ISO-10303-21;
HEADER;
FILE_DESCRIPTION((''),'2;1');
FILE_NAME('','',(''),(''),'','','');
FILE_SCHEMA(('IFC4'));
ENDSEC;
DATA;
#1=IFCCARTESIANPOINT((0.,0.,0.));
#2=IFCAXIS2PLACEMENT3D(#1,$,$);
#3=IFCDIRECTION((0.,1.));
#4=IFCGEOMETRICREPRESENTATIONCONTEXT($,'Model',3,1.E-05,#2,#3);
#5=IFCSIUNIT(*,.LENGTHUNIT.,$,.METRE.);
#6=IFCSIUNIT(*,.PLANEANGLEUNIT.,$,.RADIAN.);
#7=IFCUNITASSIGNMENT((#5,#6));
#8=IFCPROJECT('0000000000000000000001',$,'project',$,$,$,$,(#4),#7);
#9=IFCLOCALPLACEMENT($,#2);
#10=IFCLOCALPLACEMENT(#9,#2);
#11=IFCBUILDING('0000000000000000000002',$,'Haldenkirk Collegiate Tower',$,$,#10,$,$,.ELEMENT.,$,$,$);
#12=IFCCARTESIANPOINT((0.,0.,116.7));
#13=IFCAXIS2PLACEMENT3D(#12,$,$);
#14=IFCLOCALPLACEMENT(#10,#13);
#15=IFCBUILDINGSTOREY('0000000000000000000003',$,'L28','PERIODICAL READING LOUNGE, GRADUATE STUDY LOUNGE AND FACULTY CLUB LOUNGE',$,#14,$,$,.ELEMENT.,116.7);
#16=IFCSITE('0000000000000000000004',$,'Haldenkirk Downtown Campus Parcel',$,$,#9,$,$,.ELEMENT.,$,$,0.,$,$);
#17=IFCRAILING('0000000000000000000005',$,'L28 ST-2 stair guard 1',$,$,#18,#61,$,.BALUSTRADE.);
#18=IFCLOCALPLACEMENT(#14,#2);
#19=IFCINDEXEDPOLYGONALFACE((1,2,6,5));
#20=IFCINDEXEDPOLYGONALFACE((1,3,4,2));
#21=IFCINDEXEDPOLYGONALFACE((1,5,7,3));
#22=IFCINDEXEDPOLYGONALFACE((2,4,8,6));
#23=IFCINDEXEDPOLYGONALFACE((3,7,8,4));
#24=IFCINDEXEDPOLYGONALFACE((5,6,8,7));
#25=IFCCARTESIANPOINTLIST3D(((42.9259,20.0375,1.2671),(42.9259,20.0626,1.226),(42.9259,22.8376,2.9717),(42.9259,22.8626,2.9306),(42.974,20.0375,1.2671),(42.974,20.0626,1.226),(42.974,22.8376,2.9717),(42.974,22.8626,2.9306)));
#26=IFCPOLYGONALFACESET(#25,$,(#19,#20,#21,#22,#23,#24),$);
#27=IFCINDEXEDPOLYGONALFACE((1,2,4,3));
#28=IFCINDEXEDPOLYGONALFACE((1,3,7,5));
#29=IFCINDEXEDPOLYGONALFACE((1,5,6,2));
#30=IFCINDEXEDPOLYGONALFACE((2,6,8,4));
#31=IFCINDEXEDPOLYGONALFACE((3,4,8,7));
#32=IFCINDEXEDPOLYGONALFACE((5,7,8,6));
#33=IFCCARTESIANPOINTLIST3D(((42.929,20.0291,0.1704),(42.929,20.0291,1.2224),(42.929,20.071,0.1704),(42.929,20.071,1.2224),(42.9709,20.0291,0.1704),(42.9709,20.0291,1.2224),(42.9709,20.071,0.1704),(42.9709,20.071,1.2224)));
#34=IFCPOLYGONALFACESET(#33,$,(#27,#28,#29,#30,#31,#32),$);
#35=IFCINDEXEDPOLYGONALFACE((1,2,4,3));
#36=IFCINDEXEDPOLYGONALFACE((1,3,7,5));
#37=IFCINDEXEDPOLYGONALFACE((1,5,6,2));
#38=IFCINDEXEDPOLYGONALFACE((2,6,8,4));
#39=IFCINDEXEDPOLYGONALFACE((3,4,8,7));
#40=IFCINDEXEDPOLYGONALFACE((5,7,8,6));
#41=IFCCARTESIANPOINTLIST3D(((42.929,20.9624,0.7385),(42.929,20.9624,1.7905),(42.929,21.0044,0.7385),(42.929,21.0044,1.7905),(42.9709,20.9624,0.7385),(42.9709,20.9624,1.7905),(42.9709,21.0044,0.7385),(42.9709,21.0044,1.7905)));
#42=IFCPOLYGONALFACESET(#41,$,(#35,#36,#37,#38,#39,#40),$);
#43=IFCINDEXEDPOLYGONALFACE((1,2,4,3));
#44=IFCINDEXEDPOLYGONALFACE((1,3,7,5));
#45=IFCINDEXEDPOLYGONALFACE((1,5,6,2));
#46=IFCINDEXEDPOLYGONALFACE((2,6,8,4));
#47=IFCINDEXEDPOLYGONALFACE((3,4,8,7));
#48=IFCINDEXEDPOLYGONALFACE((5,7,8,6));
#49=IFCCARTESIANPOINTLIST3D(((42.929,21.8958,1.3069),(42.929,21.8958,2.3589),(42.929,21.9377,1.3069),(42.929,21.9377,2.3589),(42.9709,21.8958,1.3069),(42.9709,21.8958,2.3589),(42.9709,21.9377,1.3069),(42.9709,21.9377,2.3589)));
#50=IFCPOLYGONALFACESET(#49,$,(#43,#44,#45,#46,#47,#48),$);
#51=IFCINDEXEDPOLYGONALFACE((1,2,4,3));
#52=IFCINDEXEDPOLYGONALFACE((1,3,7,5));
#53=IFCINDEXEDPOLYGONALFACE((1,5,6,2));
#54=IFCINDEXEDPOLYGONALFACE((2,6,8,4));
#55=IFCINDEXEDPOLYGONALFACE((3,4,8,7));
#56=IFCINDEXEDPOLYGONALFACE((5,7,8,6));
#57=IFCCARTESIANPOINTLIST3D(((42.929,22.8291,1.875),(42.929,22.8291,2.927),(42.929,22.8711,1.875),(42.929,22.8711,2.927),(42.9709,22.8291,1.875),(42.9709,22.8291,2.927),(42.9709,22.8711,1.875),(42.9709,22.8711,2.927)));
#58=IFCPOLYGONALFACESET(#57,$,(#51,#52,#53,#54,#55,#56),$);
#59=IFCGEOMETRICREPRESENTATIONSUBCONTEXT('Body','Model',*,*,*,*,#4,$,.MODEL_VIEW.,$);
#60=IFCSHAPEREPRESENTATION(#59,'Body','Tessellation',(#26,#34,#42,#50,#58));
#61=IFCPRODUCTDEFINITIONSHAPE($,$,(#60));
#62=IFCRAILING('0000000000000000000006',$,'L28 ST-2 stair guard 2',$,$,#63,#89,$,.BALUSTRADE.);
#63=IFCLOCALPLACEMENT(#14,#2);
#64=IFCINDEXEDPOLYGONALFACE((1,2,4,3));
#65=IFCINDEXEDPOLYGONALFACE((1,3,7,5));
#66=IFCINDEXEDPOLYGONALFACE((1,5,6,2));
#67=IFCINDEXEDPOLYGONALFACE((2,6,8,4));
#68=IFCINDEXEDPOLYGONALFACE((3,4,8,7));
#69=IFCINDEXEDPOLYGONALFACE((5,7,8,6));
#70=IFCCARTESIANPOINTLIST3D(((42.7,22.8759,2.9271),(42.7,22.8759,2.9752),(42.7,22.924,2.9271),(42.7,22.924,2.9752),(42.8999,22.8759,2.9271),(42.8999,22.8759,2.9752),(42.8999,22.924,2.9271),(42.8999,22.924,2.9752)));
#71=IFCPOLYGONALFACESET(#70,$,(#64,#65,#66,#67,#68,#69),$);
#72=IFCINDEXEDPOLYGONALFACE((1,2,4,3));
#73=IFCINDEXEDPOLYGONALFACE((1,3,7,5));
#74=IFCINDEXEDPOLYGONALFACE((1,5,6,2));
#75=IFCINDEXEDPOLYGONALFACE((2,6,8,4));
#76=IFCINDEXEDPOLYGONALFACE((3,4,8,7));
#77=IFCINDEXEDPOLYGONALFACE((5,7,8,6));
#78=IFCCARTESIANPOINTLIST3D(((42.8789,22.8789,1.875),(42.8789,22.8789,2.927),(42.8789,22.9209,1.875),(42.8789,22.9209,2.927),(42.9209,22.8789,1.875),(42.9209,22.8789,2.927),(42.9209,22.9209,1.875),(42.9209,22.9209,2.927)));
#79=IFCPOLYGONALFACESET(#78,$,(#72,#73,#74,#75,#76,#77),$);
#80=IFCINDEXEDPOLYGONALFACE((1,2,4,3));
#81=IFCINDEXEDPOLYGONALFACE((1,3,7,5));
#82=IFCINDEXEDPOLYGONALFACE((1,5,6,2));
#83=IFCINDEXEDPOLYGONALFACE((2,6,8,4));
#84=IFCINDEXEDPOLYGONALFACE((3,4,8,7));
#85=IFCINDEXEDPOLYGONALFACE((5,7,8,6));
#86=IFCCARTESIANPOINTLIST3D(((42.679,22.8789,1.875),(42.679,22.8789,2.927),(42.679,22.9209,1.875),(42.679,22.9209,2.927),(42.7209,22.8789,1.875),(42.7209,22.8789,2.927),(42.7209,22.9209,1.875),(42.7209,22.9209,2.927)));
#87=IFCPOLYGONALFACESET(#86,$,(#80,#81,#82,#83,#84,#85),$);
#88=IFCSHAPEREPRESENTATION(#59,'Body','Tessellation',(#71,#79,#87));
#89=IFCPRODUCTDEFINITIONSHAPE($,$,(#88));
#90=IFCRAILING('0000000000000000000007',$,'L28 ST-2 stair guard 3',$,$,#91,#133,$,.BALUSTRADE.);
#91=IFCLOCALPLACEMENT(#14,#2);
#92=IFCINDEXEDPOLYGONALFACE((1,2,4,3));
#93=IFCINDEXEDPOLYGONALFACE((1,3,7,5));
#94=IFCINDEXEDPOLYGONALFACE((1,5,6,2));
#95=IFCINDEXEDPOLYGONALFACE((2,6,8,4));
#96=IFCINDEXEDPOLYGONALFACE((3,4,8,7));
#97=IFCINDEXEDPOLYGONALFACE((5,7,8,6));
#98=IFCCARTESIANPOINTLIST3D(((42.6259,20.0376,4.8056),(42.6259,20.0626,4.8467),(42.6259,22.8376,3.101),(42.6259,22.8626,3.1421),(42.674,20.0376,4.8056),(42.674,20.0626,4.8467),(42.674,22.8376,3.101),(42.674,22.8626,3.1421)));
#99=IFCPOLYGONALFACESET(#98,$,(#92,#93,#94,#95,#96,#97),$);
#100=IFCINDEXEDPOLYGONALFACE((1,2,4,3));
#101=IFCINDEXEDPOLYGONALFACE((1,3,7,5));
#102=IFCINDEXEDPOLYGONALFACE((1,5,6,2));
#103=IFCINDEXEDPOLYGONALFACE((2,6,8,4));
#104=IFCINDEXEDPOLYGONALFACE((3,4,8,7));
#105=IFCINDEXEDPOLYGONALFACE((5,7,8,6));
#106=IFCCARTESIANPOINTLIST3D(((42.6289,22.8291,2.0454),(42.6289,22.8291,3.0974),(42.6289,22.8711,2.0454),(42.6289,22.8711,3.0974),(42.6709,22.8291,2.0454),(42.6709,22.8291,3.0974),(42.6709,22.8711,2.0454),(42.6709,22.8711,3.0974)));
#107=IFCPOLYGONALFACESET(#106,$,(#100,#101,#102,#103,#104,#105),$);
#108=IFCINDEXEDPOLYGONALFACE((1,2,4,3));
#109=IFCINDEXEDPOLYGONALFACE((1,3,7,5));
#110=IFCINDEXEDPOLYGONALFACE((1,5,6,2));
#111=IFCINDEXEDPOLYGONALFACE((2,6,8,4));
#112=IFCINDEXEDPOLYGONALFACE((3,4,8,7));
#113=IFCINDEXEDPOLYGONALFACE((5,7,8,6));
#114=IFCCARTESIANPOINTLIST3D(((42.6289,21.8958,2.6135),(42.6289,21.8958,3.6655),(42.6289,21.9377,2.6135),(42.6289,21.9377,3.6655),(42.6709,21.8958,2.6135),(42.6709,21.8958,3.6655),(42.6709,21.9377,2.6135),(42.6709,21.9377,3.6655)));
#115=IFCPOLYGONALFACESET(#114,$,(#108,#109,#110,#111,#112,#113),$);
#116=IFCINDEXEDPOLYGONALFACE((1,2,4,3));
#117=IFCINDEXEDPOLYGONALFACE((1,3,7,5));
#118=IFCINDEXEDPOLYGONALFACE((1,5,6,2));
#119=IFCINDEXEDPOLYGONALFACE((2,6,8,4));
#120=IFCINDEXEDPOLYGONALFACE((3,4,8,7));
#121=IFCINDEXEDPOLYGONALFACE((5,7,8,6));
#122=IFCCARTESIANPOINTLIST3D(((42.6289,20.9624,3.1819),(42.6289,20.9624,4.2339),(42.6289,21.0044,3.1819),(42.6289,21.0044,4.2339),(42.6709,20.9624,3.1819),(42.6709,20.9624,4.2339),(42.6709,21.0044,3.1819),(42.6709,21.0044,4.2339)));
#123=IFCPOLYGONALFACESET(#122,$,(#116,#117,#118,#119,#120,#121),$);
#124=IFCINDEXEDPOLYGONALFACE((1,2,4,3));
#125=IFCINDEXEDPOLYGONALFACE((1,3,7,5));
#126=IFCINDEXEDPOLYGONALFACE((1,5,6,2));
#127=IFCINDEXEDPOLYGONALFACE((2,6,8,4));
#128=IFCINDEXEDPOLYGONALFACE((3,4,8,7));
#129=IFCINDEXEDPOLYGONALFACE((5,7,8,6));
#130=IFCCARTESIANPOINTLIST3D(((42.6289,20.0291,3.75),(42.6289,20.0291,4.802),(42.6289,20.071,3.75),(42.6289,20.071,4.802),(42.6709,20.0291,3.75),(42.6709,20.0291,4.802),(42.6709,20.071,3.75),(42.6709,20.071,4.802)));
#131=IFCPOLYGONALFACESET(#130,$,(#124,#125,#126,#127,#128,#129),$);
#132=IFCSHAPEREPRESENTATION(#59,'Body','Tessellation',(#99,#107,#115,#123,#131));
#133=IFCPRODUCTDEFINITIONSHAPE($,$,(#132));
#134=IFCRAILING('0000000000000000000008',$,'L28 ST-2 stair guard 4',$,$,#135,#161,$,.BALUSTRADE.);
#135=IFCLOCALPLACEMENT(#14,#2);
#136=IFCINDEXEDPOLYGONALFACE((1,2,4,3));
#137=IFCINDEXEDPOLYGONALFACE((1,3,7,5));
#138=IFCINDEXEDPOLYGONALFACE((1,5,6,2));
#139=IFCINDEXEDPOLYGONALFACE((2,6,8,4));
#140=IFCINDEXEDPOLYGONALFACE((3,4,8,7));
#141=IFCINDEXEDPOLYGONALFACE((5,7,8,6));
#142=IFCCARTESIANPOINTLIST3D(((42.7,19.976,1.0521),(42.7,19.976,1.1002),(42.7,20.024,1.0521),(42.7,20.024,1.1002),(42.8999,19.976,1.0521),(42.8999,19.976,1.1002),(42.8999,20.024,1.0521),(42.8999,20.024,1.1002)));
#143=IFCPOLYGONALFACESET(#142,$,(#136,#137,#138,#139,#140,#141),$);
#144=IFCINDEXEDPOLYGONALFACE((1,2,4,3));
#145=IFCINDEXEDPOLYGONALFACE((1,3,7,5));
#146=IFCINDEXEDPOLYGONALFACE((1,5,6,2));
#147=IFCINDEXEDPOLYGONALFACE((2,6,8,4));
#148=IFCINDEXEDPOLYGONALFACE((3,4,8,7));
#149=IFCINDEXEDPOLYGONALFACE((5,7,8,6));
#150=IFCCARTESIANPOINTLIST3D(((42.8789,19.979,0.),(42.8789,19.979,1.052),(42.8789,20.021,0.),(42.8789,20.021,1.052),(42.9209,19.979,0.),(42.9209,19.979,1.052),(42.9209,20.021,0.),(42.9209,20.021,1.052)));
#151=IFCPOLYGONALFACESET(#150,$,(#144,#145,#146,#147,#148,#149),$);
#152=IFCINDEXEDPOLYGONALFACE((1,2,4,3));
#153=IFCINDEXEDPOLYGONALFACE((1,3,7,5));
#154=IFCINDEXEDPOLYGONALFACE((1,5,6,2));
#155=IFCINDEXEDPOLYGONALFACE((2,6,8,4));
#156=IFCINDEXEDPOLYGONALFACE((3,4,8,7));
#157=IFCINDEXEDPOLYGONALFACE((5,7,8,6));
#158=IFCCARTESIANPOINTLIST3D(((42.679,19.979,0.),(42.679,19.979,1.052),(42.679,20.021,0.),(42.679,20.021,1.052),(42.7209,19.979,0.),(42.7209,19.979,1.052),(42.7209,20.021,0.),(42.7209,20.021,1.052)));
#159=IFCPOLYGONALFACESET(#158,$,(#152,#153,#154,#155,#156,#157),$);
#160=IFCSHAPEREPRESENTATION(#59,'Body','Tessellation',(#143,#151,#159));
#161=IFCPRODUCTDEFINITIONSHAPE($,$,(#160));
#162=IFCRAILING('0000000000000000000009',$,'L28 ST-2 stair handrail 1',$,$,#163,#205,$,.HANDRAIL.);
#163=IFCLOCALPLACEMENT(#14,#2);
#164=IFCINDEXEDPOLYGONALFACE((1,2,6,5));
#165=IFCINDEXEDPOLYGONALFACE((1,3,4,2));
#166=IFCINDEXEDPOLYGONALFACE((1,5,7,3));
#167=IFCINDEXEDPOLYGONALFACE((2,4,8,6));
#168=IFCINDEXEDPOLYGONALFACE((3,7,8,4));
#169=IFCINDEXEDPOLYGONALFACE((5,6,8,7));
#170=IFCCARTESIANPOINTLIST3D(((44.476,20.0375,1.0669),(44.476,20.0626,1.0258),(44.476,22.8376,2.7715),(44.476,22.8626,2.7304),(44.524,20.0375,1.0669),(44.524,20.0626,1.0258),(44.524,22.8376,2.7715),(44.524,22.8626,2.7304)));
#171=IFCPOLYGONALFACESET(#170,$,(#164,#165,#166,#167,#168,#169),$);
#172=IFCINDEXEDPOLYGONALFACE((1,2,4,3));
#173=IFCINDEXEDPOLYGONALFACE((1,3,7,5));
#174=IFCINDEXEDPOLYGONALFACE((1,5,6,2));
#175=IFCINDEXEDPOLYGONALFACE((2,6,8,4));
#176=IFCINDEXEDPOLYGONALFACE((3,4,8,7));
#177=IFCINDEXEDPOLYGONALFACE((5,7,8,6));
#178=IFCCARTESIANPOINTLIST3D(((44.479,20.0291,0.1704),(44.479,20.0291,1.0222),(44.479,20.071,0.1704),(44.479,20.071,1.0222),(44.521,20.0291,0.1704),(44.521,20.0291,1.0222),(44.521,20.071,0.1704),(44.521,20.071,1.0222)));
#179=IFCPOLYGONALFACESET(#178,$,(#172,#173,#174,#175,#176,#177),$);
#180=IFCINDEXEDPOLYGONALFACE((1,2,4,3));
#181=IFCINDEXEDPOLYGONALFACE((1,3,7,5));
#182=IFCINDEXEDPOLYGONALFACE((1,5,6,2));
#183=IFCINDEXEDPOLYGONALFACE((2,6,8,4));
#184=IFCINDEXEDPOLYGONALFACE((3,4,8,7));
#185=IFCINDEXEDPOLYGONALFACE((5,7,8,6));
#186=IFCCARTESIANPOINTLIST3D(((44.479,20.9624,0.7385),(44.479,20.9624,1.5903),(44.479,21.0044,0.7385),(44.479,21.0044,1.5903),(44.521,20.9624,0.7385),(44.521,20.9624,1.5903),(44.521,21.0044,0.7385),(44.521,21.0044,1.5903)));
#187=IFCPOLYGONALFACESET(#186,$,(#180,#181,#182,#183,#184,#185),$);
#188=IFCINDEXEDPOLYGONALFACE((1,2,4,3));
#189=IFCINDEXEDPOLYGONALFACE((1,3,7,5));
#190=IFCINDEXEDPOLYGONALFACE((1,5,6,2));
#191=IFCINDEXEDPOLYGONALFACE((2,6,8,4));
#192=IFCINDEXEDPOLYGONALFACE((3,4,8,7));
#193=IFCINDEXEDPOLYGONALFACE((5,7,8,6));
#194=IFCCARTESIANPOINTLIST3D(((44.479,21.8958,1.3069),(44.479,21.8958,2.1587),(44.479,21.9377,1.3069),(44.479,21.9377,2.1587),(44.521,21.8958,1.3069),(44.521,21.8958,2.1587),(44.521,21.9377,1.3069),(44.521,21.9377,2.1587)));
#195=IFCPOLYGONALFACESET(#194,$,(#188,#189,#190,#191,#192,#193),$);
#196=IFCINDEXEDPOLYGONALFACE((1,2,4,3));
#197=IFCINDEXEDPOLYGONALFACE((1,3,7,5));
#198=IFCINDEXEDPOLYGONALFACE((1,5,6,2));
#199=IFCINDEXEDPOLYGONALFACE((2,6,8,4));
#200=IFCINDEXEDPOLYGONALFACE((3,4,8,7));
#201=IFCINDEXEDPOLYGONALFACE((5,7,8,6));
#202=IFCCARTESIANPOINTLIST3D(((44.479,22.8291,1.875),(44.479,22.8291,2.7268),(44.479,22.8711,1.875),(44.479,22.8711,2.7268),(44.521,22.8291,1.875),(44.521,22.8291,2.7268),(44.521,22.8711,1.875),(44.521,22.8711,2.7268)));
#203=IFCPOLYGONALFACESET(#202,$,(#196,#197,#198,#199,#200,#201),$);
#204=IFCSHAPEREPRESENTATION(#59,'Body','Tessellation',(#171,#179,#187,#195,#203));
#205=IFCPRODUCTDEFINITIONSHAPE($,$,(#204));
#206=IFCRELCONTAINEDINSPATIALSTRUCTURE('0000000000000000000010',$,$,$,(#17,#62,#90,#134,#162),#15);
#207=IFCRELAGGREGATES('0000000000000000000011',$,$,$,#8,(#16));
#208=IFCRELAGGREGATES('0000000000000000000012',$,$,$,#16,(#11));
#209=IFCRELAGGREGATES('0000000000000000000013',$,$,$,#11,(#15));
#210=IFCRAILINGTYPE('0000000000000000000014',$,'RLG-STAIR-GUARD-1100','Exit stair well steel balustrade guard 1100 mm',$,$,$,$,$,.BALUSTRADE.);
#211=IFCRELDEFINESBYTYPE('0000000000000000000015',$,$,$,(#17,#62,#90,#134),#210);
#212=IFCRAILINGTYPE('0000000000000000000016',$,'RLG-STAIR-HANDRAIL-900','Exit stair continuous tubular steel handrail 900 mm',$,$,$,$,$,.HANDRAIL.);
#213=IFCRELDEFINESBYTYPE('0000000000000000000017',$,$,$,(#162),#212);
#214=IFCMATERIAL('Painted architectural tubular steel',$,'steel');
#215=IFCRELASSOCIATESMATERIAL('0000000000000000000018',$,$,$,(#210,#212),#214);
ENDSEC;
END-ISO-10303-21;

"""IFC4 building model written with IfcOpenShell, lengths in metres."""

from ifc_helpers import new_model, si_unit, direction, frame, origin, origin_2d, place, context, subcontext, project, spatial, rectangle, extrude, material, type_object, element, save


model = new_model("IFC4")

# Units and contexts
model_context = context("Model", 3, precision=1e-05, world=origin(), true_north=direction((0.0, 1.0)))
body_context = subcontext(model_context, "Body", "Model", "MODEL_VIEW")
ifc_project = project(units=[si_unit("LENGTHUNIT", "METRE"), si_unit("PLANEANGLEUNIT", "RADIAN")], contexts=[model_context])

# Site, building, storey
site_placement = place(None, origin())
site = spatial("IfcSite", under=ifc_project, at=site_placement, Name="Haldenkirk Downtown Campus Parcel", CompositionType="ELEMENT", RefElevation=0.0)
building_placement = place(site_placement, origin())
building = spatial("IfcBuilding", under=site, at=building_placement, Name="Haldenkirk Collegiate Tower", CompositionType="ELEMENT")
storey_placement = place(building_placement, frame((0.0, 0.0, 116.7)))
storey = spatial("IfcBuildingStorey", under=building, at=storey_placement, Name="L28", Description="PERIODICAL READING LOUNGE, GRADUATE STUDY LOUNGE AND FACULTY CLUB LOUNGE", CompositionType="ELEMENT", Elevation=116.7)

# Railings
ifc_material_1 = material(Name="Painted architectural tubular steel", Category="steel")
railing_type_1 = type_object("IfcRailingType", Name="RLG-STAIR-GUARD-1100", Description="Exit stair well steel balustrade guard 1100 mm", PredefinedType="BALUSTRADE", material=ifc_material_1)
railing_1_placement = place(storey_placement, frame((42.95, 20.05, 0.1704)))
element("IfcRailing", 1, at=railing_1_placement, inside=storey, type_object=railing_type_1, Name="L28 ST-2 stair guard 1", PredefinedType="BALUSTRADE", context=body_context, shape_type="SweptSolid", body=[
    extrude(rectangle(XDim=0.0481, YDim=0.0481, at=origin_2d()), frame((0.0, 0.0, 1.0762), z_axis=(0.0, 0.85417, 0.519994), x_axis=(-1.0, 0.0, 0.0)), (0.0, 0.0, 1.0), 3.2781),
    extrude(rectangle(XDim=0.042, YDim=0.042, at=origin_2d()), origin(), (0.0, 0.0, 1.0), 1.052),
    extrude(rectangle(XDim=0.042, YDim=0.042, at=origin_2d()), frame((0.0, 0.9333, 0.5681)), (0.0, 0.0, 1.0), 1.052),
    extrude(rectangle(XDim=0.042, YDim=0.042, at=origin_2d()), frame((0.0, 1.8667, 1.1365)), (0.0, 0.0, 1.0), 1.052),
    extrude(rectangle(XDim=0.042, YDim=0.042, at=origin_2d()), frame((0.0, 2.8, 1.7046)), (0.0, 0.0, 1.0), 1.052),
])
railing_2_placement = place(storey_placement, frame((42.8999, 22.8999, 1.875)))
element("IfcRailing", 2, at=railing_2_placement, inside=storey, type_object=railing_type_1, Name="L28 ST-2 stair guard 2", PredefinedType="BALUSTRADE", context=body_context, shape_type="SweptSolid", body=[
    extrude(rectangle(XDim=0.0481, YDim=0.0481, at=origin_2d()), frame((0.0, 0.0, 1.0762), z_axis=(-1.0, 0.0, 0.0), x_axis=(0.0, -1.0, 0.0)), (0.0, 0.0, 1.0), 0.2),
    extrude(rectangle(XDim=0.042, YDim=0.042, at=origin_2d()), origin(), (0.0, 0.0, 1.0), 1.052),
    extrude(rectangle(XDim=0.042, YDim=0.042, at=origin_2d()), frame((-0.2, 0.0, 0.0)), (0.0, 0.0, 1.0), 1.052),
])
railing_3_placement = place(storey_placement, frame((42.6499, 22.8501, 2.0454)))
element("IfcRailing", 3, at=railing_3_placement, inside=storey, type_object=railing_type_1, Name="L28 ST-2 stair guard 3", PredefinedType="BALUSTRADE", context=body_context, shape_type="SweptSolid", body=[
    extrude(rectangle(XDim=0.0481, YDim=0.0481, at=origin_2d()), frame((0.0, 0.0, 1.0762), z_axis=(0.0, -0.85417, 0.519994), x_axis=(1.0, 0.0, 0.0)), (0.0, 0.0, 1.0), 3.2781),
    extrude(rectangle(XDim=0.042, YDim=0.042, at=origin_2d()), origin(), (0.0, 0.0, 1.0), 1.052),
    extrude(rectangle(XDim=0.042, YDim=0.042, at=origin_2d()), frame((0.0, -0.9333, 0.5681)), (0.0, 0.0, 1.0), 1.052),
    extrude(rectangle(XDim=0.042, YDim=0.042, at=origin_2d()), frame((0.0, -1.8667, 1.1365)), (0.0, 0.0, 1.0), 1.052),
    extrude(rectangle(XDim=0.042, YDim=0.042, at=origin_2d()), frame((0.0, -2.8, 1.7046)), (0.0, 0.0, 1.0), 1.052),
])
railing_4_placement = place(storey_placement, frame((42.8999, 20.0, 0.0)))
element("IfcRailing", 4, at=railing_4_placement, inside=storey, type_object=railing_type_1, Name="L28 ST-2 stair guard 4", PredefinedType="BALUSTRADE", context=body_context, shape_type="SweptSolid", body=[
    extrude(rectangle(XDim=0.0481, YDim=0.0481, at=origin_2d()), frame((0.0, 0.0, 1.0762), z_axis=(-1.0, 0.0, 0.0), x_axis=(0.0, -1.0, 0.0)), (0.0, 0.0, 1.0), 0.2),
    extrude(rectangle(XDim=0.042, YDim=0.042, at=origin_2d()), origin(), (0.0, 0.0, 1.0), 1.052),
    extrude(rectangle(XDim=0.042, YDim=0.042, at=origin_2d()), frame((-0.2, 0.0, 0.0)), (0.0, 0.0, 1.0), 1.052),
])
railing_type_2 = type_object("IfcRailingType", Name="RLG-STAIR-HANDRAIL-900", Description="Exit stair continuous tubular steel handrail 900 mm", PredefinedType="HANDRAIL", material=ifc_material_1)
railing_5_placement = place(storey_placement, frame((44.5, 20.05, 0.1704)))
element("IfcRailing", 5, at=railing_5_placement, inside=storey, type_object=railing_type_2, Name="L28 ST-2 stair handrail 1", PredefinedType="HANDRAIL", context=body_context, shape_type="SweptSolid", body=[
    extrude(rectangle(XDim=0.0481, YDim=0.0481, at=origin_2d()), frame((0.0, 0.0, 0.876), z_axis=(0.0, 0.85417, 0.519994), x_axis=(-1.0, 0.0, 0.0)), (0.0, 0.0, 1.0), 3.2781),
    extrude(rectangle(XDim=0.042, YDim=0.042, at=origin_2d()), origin(), (0.0, 0.0, 1.0), 0.8518),
    extrude(rectangle(XDim=0.042, YDim=0.042, at=origin_2d()), frame((0.0, 0.9333, 0.5681)), (0.0, 0.0, 1.0), 0.8518),
    extrude(rectangle(XDim=0.042, YDim=0.042, at=origin_2d()), frame((0.0, 1.8667, 1.1365)), (0.0, 0.0, 1.0), 0.8518),
    extrude(rectangle(XDim=0.042, YDim=0.042, at=origin_2d()), frame((0.0, 2.8, 1.7046)), (0.0, 0.0, 1.0), 0.8518),
])

save(model, "model.ifc")
